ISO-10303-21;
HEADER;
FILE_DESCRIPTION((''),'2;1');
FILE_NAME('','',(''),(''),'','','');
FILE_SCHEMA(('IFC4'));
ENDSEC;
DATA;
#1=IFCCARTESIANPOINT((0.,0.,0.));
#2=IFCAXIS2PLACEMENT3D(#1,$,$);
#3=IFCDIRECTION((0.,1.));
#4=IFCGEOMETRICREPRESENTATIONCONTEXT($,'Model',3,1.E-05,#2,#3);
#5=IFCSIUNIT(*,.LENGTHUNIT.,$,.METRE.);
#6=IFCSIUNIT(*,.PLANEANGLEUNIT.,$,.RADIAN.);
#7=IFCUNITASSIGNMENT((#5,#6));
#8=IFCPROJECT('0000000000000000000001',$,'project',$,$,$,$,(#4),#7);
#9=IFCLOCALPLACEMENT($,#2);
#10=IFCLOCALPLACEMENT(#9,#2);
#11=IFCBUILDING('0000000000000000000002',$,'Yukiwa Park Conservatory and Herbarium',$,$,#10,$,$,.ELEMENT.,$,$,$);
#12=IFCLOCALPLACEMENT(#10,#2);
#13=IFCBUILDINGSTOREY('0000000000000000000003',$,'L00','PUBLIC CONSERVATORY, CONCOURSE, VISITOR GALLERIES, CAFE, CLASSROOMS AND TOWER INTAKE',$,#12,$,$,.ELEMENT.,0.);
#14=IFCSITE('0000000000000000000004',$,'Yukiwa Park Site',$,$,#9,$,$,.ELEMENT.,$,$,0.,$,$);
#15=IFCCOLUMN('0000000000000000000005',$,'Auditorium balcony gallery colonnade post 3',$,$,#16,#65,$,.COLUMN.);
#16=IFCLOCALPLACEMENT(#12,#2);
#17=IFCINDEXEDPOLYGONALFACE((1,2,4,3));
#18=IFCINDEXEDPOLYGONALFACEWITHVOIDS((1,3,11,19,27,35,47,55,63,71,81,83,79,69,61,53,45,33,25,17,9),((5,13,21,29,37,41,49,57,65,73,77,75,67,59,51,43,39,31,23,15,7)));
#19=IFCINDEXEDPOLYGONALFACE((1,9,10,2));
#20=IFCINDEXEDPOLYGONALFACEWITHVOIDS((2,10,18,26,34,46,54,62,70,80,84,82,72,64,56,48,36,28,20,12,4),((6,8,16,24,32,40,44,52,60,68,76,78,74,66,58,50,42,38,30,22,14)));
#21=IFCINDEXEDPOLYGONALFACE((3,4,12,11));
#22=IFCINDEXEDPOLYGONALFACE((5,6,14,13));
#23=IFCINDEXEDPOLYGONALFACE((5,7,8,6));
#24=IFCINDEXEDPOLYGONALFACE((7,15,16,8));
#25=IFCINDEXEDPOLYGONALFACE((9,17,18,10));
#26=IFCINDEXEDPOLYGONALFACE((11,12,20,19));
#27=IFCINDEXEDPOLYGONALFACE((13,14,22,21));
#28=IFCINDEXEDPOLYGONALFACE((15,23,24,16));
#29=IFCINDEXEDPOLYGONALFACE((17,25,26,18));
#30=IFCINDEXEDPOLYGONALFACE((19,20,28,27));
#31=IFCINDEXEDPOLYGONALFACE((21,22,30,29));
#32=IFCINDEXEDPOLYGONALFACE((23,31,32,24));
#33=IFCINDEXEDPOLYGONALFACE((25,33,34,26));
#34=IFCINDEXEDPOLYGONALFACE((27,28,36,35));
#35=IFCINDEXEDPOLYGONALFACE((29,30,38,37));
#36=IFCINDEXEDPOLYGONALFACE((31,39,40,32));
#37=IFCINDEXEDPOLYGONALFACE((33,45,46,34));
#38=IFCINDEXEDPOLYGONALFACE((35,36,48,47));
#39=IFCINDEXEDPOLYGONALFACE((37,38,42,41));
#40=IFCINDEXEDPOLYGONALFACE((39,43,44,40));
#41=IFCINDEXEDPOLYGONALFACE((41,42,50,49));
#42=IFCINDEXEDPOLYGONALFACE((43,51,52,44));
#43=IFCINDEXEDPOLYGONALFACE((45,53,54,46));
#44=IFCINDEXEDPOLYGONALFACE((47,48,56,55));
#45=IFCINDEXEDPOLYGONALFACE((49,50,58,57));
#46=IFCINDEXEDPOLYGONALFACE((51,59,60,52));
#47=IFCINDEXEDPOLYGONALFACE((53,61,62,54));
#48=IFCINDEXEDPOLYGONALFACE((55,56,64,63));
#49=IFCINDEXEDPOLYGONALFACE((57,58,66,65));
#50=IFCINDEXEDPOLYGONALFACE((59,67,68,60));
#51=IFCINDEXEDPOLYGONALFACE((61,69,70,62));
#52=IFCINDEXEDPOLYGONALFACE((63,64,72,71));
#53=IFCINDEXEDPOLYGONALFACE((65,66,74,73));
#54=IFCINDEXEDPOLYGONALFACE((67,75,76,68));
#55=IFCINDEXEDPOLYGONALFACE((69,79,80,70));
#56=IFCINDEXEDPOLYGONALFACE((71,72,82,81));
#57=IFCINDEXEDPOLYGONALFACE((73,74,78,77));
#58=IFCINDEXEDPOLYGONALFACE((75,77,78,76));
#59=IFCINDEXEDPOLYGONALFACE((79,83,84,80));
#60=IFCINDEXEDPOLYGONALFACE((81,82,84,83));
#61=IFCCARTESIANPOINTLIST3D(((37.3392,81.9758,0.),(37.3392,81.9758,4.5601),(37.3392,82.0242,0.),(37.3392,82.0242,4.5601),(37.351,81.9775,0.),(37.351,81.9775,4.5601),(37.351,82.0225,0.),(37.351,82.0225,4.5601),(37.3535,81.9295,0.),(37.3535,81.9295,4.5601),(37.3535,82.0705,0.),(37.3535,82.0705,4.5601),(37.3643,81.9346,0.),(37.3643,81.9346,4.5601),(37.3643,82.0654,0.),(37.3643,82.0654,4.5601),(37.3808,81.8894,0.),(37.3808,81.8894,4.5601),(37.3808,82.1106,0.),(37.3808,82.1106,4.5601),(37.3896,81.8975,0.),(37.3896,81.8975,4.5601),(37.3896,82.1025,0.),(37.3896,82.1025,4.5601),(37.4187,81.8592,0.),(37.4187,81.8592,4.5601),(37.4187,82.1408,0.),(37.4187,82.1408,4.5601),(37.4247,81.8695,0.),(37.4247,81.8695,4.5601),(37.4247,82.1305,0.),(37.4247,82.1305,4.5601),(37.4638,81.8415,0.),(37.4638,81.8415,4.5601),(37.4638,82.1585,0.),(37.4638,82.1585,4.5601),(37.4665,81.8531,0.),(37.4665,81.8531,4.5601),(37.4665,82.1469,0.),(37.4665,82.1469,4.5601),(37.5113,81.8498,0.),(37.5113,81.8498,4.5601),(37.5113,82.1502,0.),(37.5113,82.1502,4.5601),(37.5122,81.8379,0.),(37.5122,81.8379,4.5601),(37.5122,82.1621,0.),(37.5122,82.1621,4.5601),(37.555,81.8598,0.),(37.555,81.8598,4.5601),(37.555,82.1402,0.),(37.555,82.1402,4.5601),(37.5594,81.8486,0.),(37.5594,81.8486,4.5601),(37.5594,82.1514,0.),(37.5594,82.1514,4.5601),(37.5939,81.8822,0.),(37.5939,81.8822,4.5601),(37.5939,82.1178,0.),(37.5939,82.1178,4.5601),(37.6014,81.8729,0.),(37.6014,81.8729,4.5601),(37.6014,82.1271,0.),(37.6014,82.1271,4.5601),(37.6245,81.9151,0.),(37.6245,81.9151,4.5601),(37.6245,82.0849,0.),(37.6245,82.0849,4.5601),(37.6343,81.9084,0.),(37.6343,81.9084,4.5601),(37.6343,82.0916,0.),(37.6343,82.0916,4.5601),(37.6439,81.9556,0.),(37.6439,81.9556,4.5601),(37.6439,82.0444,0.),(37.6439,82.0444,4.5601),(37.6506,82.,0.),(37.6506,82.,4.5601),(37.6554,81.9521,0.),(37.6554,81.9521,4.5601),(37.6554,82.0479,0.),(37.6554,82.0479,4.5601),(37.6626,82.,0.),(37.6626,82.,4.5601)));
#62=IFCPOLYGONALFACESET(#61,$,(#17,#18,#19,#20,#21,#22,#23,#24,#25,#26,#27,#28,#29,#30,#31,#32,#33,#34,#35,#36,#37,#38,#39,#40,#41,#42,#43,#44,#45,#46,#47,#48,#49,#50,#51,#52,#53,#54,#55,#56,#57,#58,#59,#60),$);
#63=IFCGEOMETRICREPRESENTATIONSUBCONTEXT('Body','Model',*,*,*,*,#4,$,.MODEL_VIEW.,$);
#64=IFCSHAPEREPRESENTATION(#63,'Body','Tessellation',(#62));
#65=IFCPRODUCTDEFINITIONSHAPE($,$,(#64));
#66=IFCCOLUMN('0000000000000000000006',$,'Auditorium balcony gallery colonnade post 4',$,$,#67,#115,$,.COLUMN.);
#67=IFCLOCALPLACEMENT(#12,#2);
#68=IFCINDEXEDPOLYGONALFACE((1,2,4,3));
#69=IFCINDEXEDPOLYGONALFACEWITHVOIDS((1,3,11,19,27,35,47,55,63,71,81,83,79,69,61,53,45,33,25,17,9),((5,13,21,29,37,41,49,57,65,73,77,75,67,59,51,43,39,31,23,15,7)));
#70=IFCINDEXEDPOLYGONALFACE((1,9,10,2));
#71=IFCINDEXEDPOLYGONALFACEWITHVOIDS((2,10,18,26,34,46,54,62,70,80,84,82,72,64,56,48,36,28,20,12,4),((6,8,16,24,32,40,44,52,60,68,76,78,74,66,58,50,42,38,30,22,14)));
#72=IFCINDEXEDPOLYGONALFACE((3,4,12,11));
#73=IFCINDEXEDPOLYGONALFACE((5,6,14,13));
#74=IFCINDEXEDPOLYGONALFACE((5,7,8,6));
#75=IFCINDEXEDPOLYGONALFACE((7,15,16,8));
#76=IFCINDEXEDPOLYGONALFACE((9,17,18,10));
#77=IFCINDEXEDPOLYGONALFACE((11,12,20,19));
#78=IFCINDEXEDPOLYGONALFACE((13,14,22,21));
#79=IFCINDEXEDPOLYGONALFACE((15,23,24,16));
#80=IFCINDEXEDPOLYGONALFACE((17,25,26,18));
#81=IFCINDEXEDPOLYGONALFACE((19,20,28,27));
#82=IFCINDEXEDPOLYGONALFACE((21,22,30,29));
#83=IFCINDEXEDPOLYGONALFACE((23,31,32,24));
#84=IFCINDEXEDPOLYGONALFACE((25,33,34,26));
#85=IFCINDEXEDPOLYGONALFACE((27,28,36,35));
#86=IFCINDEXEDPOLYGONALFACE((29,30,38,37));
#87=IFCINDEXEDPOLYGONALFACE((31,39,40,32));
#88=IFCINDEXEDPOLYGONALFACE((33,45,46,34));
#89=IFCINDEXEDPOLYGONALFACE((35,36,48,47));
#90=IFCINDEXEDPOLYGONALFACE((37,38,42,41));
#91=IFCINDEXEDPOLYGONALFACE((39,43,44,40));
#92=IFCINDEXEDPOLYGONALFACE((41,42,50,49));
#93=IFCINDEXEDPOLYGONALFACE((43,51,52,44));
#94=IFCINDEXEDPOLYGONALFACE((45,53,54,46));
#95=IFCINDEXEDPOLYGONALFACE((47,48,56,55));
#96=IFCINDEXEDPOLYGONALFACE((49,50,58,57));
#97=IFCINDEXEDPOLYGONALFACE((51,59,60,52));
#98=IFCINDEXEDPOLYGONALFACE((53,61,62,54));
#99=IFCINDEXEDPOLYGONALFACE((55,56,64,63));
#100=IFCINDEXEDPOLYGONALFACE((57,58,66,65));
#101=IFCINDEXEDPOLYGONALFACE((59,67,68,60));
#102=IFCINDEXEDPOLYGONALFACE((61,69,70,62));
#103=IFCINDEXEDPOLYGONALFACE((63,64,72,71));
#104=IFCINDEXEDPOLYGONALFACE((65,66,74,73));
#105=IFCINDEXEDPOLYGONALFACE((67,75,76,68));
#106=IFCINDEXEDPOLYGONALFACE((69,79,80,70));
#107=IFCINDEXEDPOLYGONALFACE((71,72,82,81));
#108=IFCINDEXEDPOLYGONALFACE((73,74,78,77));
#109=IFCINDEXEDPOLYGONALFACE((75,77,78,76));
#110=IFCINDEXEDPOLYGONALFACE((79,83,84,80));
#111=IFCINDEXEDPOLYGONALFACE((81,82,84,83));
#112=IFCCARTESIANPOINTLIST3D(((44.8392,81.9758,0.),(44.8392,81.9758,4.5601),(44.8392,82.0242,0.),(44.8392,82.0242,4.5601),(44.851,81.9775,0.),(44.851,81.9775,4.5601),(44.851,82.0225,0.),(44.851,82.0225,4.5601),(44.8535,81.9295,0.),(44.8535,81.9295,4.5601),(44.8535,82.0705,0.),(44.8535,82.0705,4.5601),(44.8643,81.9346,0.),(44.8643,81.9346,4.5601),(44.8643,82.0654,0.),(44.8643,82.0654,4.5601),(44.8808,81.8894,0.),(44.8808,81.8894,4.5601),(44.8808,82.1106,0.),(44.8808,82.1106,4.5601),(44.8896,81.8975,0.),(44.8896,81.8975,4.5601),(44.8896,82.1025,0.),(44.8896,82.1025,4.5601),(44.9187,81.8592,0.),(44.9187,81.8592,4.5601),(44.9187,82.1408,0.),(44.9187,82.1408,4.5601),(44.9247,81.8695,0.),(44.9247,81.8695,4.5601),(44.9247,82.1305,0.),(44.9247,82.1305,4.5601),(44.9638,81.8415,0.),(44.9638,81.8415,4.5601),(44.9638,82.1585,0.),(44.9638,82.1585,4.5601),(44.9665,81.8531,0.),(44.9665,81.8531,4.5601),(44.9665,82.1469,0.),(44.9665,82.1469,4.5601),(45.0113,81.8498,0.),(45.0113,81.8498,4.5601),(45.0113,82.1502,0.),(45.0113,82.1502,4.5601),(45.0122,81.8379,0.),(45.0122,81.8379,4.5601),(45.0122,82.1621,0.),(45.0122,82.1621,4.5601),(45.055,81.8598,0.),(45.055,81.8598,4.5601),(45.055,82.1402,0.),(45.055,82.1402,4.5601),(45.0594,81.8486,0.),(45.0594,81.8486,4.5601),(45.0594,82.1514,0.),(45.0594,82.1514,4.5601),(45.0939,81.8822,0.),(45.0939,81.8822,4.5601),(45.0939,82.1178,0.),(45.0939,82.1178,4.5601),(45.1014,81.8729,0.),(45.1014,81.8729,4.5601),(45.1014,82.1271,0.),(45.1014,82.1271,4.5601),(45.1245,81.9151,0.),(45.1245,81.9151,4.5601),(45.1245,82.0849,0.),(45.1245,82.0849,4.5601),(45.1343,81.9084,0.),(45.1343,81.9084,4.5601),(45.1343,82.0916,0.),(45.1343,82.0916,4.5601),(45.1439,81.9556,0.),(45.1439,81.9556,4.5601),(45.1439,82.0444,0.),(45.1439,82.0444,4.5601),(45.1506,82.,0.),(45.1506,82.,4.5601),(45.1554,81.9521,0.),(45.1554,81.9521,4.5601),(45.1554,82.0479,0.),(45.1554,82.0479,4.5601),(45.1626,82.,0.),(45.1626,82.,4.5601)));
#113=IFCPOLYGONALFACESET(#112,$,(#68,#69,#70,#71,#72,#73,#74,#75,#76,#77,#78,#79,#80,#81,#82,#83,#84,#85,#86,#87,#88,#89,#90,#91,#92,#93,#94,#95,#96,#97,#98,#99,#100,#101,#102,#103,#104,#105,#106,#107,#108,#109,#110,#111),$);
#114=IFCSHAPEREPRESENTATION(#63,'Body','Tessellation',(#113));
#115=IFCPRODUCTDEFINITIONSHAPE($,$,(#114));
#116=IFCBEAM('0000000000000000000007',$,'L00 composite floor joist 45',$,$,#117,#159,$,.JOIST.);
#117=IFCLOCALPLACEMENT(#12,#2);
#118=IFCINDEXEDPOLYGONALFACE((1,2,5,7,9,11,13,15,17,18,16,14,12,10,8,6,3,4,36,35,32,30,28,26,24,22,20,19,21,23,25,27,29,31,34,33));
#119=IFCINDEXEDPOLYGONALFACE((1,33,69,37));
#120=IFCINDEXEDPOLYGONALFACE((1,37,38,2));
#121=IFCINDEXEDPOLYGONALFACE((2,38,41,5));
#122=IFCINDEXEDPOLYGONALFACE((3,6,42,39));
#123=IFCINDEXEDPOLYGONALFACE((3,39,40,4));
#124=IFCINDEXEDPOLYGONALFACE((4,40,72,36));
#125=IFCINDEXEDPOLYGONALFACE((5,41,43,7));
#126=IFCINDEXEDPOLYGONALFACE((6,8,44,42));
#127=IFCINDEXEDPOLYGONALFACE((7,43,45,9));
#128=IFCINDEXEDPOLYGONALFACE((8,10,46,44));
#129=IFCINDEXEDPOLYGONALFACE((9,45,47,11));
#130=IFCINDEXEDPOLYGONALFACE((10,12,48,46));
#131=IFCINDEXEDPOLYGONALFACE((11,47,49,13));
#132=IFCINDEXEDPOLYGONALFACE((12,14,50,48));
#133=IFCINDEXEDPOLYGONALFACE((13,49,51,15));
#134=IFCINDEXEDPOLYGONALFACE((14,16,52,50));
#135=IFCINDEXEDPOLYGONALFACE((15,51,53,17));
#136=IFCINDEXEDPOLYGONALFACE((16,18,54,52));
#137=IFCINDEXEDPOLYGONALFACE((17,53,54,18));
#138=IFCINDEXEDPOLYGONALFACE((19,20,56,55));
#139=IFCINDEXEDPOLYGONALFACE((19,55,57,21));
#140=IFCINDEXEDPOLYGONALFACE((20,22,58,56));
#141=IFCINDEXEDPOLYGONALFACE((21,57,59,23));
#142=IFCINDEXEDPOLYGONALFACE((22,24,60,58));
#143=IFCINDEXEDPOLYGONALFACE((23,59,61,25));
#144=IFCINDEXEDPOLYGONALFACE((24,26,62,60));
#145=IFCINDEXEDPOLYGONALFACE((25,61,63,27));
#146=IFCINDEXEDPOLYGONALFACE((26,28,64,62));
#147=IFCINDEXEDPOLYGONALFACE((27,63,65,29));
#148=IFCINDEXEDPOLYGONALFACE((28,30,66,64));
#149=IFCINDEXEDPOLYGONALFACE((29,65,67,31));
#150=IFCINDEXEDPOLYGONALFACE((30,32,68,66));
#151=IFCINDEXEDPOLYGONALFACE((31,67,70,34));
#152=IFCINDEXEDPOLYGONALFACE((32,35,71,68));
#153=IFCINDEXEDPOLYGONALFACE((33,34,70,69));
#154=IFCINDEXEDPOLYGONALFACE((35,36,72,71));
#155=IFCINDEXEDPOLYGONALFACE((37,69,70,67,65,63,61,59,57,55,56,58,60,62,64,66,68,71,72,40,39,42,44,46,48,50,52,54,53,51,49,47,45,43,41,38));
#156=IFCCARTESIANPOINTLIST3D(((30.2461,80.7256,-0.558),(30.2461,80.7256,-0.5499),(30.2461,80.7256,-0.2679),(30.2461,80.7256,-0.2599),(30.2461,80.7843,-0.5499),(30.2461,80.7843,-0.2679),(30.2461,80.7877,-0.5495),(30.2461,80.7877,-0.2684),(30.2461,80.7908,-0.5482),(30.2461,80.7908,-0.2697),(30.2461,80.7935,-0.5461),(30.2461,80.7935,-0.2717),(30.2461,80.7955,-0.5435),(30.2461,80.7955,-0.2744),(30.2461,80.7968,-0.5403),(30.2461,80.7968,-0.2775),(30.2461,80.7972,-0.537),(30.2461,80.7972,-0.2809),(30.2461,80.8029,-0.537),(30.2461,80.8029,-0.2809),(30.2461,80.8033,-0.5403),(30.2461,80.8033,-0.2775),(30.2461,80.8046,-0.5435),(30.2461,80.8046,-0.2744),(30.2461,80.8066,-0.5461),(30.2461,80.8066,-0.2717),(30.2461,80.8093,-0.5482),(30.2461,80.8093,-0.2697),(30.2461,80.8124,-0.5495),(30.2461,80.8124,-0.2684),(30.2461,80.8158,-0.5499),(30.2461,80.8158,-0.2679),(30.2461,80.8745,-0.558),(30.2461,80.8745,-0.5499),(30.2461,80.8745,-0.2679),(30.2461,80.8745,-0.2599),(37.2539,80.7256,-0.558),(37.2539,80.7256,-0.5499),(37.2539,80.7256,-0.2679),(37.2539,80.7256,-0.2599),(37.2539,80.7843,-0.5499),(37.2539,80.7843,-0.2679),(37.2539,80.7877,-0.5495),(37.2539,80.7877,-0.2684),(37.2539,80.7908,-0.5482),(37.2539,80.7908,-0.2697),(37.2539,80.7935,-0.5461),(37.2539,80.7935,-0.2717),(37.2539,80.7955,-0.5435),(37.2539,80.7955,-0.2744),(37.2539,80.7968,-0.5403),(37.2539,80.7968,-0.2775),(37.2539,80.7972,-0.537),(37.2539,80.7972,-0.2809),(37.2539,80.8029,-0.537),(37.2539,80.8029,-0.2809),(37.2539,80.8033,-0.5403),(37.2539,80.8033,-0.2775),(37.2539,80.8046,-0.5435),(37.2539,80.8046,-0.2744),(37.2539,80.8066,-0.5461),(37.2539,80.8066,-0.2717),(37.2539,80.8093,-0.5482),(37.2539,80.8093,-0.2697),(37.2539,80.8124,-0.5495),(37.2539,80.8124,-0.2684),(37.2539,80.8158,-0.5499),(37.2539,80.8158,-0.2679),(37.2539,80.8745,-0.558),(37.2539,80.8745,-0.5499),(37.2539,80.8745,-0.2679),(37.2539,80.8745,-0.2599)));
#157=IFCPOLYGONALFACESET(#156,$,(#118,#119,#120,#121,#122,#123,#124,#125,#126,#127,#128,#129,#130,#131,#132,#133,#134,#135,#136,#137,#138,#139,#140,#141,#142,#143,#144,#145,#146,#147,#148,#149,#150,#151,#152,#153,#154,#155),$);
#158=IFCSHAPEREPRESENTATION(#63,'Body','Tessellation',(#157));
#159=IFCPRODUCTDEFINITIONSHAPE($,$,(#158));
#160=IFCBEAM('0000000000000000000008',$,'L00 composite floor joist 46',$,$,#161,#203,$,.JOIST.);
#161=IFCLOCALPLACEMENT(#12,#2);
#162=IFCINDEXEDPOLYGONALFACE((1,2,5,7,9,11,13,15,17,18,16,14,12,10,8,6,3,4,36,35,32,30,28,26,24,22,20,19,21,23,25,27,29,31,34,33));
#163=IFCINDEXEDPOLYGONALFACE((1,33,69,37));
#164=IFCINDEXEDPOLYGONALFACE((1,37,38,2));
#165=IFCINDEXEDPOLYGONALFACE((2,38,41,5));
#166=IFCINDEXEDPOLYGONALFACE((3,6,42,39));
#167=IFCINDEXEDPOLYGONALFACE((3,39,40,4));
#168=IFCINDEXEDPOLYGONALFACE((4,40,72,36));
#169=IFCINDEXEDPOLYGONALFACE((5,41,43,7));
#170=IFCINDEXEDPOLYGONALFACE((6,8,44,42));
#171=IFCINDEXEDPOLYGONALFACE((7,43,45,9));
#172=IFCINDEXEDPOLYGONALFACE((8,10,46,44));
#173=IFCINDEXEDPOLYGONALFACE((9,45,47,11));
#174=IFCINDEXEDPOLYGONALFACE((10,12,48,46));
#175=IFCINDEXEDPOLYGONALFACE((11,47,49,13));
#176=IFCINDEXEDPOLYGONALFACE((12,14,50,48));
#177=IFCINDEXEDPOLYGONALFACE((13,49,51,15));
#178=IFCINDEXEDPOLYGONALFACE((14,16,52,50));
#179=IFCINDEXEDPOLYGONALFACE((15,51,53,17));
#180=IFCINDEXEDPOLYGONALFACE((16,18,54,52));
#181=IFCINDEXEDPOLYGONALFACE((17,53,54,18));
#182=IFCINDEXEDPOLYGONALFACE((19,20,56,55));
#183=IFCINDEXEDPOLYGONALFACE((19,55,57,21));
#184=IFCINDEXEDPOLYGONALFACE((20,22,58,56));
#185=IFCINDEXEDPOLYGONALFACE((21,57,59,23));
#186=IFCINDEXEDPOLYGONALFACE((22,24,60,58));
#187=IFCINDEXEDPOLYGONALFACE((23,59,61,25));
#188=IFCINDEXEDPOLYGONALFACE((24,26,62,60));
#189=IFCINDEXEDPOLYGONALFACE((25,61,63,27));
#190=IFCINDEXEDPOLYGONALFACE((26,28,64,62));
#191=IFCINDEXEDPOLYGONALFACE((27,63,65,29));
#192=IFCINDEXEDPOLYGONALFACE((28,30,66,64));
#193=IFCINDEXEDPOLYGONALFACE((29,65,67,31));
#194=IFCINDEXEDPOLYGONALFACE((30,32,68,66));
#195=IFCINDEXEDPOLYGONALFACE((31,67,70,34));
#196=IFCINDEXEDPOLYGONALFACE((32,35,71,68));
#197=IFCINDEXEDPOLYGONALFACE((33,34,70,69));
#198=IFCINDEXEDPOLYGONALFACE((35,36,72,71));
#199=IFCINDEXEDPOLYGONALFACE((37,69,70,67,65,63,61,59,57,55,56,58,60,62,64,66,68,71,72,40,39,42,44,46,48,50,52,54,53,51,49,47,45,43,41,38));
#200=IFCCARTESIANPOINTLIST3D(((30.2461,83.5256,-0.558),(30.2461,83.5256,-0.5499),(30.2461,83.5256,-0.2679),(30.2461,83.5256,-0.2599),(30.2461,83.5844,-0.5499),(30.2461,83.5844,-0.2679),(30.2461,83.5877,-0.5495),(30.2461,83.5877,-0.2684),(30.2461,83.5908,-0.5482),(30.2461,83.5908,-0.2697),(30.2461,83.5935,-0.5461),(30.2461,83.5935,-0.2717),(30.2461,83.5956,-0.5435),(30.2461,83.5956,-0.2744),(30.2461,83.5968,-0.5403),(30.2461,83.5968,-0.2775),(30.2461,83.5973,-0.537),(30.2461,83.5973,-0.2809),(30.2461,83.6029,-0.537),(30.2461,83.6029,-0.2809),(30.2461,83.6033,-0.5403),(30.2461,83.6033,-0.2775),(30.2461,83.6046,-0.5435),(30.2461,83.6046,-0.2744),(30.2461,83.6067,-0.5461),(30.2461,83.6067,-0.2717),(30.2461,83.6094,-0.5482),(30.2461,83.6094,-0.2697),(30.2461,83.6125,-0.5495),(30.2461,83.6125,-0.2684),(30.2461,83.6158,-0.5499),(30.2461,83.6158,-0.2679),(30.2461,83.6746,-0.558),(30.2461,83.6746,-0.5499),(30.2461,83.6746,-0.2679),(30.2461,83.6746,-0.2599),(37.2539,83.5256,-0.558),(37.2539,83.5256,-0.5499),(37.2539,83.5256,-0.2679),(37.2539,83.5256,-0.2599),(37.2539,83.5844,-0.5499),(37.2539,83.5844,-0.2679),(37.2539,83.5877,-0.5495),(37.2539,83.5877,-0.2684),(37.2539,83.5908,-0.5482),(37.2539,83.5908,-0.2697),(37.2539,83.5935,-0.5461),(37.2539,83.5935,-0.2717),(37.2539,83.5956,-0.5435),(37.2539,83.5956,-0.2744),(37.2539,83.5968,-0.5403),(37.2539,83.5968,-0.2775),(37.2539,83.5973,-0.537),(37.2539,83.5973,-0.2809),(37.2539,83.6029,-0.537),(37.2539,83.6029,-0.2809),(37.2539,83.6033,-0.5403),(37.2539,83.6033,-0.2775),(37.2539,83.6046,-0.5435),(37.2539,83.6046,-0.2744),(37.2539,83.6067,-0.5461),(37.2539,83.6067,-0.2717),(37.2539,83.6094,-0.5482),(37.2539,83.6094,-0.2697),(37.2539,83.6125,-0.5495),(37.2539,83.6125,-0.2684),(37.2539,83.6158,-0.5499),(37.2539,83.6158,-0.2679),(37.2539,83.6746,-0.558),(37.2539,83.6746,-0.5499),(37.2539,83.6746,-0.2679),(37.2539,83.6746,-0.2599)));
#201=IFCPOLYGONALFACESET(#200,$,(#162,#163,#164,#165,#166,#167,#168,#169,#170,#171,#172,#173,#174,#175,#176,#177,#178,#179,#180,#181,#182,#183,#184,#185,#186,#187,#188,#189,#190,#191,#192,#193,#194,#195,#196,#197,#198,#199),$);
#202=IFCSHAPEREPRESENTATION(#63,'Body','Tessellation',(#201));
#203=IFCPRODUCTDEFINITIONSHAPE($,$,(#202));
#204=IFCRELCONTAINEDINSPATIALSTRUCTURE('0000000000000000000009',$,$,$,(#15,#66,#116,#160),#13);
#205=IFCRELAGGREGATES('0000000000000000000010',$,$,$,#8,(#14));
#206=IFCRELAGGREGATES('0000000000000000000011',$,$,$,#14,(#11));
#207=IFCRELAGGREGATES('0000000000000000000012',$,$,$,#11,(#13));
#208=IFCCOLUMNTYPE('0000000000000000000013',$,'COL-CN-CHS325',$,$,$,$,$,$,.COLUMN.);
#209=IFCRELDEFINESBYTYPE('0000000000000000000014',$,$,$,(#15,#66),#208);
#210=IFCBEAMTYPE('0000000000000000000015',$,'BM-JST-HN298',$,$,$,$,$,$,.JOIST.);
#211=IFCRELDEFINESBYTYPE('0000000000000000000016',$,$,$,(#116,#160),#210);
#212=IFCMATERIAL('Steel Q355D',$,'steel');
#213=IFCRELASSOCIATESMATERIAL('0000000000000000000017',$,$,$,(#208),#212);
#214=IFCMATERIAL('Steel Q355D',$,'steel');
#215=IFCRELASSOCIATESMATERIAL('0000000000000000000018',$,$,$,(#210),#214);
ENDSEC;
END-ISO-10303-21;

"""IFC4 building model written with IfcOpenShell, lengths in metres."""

from ifc_helpers import new_model, si_unit, direction, frame, origin, origin_2d, place, context, subcontext, project, spatial, hollow_circle, i_section, extrude, material, material_profile, profile_set, type_object, element, save


model = new_model("IFC4")

# Units and contexts
model_context = context("Model", 3, precision=1e-05, world=origin(), true_north=direction((0.0, 1.0)))
body_context = subcontext(model_context, "Body", "Model", "MODEL_VIEW")
ifc_project = project(units=[si_unit("LENGTHUNIT", "METRE"), si_unit("PLANEANGLEUNIT", "RADIAN")], contexts=[model_context])

# Site, building, storey
site_placement = place(None, origin())
site = spatial("IfcSite", under=ifc_project, at=site_placement, Name="Yukiwa Park Site", CompositionType="ELEMENT", RefElevation=0.0)
building_placement = place(site_placement, origin())
building = spatial("IfcBuilding", under=site, at=building_placement, Name="Yukiwa Park Conservatory and Herbarium", CompositionType="ELEMENT")
storey_placement = place(building_placement, origin())
storey = spatial("IfcBuildingStorey", under=building, at=storey_placement, Name="L00", Description="PUBLIC CONSERVATORY, CONCOURSE, VISITOR GALLERIES, CAFE, CLASSROOMS AND TOWER INTAKE", CompositionType="ELEMENT", Elevation=0.0)

# Columns
ifc_material_1 = material(Name="Steel Q355D", Category="steel")
ifc_material_profile_1 = material_profile(ifc_material_1, hollow_circle(Radius=0.1626, WallThickness=0.012, at=origin_2d()), Name="CHS 325x12")
ifc_profile_set_1 = profile_set([ifc_material_profile_1], Name="Steel Q355D")
column_type_1 = type_object("IfcColumnType", Name="COL-CN-CHS325", PredefinedType="COLUMN", material=ifc_profile_set_1)
for number, where, z_axis, x_axis, name in (
    (1, (37.5, 82.0, 0.0), (0.0, 0.0, 1.0), (1.0, 0.0, 0.0), "Auditorium balcony gallery colonnade post 3"),
    (2, (45.0, 82.0, 0.0), (0.0, 0.0, 1.0), (1.0, 0.0, 0.0), "Auditorium balcony gallery colonnade post 4"),
):
    element("IfcColumn", number, at=place(storey_placement, frame(where, z_axis=z_axis, x_axis=x_axis)), inside=storey, type_object=column_type_1, Name=name, PredefinedType="COLUMN", context=body_context, shape_type="SweptSolid", body=[
        extrude(hollow_circle(Radius=0.1626, WallThickness=0.012, at=origin_2d()), origin(), (0.0, 0.0, 1.0), 4.5601),
    ])

# Beams
ifc_material_2 = material(Name="Steel Q355D", Category="steel")
ifc_material_profile_2 = material_profile(ifc_material_2, i_section(OverallWidth=0.1489, OverallDepth=0.2981, WebThickness=0.0056, FlangeThickness=0.0081, FilletRadius=0.0129, at=origin_2d()), Name="HN 298x149x5.5x8")
ifc_profile_set_2 = profile_set([ifc_material_profile_2], Name="Steel Q355D")
beam_type_1 = type_object("IfcBeamType", Name="BM-JST-HN298", PredefinedType="JOIST", material=ifc_profile_set_2)
for number, where, z_axis, x_axis, name in (
    (3, (30.2461, 80.8, -0.4089), (1.0, 0.0, 0.0), (0.0, 1.0, 0.0), "L00 composite floor joist 45"),
    (4, (30.2461, 83.6001, -0.4089), (1.0, 0.0, 0.0), (0.0, 1.0, 0.0), "L00 composite floor joist 46"),
):
    element("IfcBeam", number, at=place(storey_placement, frame(where, z_axis=z_axis, x_axis=x_axis)), inside=storey, type_object=beam_type_1, Name=name, PredefinedType="JOIST", context=body_context, shape_type="SweptSolid", body=[
        extrude(i_section(OverallWidth=0.1489, OverallDepth=0.2981, WebThickness=0.0056, FlangeThickness=0.0081, FilletRadius=0.0129, at=origin_2d()), origin(), (0.0, 0.0, 1.0), 7.0078),
    ])

save(model, "model.ifc")
